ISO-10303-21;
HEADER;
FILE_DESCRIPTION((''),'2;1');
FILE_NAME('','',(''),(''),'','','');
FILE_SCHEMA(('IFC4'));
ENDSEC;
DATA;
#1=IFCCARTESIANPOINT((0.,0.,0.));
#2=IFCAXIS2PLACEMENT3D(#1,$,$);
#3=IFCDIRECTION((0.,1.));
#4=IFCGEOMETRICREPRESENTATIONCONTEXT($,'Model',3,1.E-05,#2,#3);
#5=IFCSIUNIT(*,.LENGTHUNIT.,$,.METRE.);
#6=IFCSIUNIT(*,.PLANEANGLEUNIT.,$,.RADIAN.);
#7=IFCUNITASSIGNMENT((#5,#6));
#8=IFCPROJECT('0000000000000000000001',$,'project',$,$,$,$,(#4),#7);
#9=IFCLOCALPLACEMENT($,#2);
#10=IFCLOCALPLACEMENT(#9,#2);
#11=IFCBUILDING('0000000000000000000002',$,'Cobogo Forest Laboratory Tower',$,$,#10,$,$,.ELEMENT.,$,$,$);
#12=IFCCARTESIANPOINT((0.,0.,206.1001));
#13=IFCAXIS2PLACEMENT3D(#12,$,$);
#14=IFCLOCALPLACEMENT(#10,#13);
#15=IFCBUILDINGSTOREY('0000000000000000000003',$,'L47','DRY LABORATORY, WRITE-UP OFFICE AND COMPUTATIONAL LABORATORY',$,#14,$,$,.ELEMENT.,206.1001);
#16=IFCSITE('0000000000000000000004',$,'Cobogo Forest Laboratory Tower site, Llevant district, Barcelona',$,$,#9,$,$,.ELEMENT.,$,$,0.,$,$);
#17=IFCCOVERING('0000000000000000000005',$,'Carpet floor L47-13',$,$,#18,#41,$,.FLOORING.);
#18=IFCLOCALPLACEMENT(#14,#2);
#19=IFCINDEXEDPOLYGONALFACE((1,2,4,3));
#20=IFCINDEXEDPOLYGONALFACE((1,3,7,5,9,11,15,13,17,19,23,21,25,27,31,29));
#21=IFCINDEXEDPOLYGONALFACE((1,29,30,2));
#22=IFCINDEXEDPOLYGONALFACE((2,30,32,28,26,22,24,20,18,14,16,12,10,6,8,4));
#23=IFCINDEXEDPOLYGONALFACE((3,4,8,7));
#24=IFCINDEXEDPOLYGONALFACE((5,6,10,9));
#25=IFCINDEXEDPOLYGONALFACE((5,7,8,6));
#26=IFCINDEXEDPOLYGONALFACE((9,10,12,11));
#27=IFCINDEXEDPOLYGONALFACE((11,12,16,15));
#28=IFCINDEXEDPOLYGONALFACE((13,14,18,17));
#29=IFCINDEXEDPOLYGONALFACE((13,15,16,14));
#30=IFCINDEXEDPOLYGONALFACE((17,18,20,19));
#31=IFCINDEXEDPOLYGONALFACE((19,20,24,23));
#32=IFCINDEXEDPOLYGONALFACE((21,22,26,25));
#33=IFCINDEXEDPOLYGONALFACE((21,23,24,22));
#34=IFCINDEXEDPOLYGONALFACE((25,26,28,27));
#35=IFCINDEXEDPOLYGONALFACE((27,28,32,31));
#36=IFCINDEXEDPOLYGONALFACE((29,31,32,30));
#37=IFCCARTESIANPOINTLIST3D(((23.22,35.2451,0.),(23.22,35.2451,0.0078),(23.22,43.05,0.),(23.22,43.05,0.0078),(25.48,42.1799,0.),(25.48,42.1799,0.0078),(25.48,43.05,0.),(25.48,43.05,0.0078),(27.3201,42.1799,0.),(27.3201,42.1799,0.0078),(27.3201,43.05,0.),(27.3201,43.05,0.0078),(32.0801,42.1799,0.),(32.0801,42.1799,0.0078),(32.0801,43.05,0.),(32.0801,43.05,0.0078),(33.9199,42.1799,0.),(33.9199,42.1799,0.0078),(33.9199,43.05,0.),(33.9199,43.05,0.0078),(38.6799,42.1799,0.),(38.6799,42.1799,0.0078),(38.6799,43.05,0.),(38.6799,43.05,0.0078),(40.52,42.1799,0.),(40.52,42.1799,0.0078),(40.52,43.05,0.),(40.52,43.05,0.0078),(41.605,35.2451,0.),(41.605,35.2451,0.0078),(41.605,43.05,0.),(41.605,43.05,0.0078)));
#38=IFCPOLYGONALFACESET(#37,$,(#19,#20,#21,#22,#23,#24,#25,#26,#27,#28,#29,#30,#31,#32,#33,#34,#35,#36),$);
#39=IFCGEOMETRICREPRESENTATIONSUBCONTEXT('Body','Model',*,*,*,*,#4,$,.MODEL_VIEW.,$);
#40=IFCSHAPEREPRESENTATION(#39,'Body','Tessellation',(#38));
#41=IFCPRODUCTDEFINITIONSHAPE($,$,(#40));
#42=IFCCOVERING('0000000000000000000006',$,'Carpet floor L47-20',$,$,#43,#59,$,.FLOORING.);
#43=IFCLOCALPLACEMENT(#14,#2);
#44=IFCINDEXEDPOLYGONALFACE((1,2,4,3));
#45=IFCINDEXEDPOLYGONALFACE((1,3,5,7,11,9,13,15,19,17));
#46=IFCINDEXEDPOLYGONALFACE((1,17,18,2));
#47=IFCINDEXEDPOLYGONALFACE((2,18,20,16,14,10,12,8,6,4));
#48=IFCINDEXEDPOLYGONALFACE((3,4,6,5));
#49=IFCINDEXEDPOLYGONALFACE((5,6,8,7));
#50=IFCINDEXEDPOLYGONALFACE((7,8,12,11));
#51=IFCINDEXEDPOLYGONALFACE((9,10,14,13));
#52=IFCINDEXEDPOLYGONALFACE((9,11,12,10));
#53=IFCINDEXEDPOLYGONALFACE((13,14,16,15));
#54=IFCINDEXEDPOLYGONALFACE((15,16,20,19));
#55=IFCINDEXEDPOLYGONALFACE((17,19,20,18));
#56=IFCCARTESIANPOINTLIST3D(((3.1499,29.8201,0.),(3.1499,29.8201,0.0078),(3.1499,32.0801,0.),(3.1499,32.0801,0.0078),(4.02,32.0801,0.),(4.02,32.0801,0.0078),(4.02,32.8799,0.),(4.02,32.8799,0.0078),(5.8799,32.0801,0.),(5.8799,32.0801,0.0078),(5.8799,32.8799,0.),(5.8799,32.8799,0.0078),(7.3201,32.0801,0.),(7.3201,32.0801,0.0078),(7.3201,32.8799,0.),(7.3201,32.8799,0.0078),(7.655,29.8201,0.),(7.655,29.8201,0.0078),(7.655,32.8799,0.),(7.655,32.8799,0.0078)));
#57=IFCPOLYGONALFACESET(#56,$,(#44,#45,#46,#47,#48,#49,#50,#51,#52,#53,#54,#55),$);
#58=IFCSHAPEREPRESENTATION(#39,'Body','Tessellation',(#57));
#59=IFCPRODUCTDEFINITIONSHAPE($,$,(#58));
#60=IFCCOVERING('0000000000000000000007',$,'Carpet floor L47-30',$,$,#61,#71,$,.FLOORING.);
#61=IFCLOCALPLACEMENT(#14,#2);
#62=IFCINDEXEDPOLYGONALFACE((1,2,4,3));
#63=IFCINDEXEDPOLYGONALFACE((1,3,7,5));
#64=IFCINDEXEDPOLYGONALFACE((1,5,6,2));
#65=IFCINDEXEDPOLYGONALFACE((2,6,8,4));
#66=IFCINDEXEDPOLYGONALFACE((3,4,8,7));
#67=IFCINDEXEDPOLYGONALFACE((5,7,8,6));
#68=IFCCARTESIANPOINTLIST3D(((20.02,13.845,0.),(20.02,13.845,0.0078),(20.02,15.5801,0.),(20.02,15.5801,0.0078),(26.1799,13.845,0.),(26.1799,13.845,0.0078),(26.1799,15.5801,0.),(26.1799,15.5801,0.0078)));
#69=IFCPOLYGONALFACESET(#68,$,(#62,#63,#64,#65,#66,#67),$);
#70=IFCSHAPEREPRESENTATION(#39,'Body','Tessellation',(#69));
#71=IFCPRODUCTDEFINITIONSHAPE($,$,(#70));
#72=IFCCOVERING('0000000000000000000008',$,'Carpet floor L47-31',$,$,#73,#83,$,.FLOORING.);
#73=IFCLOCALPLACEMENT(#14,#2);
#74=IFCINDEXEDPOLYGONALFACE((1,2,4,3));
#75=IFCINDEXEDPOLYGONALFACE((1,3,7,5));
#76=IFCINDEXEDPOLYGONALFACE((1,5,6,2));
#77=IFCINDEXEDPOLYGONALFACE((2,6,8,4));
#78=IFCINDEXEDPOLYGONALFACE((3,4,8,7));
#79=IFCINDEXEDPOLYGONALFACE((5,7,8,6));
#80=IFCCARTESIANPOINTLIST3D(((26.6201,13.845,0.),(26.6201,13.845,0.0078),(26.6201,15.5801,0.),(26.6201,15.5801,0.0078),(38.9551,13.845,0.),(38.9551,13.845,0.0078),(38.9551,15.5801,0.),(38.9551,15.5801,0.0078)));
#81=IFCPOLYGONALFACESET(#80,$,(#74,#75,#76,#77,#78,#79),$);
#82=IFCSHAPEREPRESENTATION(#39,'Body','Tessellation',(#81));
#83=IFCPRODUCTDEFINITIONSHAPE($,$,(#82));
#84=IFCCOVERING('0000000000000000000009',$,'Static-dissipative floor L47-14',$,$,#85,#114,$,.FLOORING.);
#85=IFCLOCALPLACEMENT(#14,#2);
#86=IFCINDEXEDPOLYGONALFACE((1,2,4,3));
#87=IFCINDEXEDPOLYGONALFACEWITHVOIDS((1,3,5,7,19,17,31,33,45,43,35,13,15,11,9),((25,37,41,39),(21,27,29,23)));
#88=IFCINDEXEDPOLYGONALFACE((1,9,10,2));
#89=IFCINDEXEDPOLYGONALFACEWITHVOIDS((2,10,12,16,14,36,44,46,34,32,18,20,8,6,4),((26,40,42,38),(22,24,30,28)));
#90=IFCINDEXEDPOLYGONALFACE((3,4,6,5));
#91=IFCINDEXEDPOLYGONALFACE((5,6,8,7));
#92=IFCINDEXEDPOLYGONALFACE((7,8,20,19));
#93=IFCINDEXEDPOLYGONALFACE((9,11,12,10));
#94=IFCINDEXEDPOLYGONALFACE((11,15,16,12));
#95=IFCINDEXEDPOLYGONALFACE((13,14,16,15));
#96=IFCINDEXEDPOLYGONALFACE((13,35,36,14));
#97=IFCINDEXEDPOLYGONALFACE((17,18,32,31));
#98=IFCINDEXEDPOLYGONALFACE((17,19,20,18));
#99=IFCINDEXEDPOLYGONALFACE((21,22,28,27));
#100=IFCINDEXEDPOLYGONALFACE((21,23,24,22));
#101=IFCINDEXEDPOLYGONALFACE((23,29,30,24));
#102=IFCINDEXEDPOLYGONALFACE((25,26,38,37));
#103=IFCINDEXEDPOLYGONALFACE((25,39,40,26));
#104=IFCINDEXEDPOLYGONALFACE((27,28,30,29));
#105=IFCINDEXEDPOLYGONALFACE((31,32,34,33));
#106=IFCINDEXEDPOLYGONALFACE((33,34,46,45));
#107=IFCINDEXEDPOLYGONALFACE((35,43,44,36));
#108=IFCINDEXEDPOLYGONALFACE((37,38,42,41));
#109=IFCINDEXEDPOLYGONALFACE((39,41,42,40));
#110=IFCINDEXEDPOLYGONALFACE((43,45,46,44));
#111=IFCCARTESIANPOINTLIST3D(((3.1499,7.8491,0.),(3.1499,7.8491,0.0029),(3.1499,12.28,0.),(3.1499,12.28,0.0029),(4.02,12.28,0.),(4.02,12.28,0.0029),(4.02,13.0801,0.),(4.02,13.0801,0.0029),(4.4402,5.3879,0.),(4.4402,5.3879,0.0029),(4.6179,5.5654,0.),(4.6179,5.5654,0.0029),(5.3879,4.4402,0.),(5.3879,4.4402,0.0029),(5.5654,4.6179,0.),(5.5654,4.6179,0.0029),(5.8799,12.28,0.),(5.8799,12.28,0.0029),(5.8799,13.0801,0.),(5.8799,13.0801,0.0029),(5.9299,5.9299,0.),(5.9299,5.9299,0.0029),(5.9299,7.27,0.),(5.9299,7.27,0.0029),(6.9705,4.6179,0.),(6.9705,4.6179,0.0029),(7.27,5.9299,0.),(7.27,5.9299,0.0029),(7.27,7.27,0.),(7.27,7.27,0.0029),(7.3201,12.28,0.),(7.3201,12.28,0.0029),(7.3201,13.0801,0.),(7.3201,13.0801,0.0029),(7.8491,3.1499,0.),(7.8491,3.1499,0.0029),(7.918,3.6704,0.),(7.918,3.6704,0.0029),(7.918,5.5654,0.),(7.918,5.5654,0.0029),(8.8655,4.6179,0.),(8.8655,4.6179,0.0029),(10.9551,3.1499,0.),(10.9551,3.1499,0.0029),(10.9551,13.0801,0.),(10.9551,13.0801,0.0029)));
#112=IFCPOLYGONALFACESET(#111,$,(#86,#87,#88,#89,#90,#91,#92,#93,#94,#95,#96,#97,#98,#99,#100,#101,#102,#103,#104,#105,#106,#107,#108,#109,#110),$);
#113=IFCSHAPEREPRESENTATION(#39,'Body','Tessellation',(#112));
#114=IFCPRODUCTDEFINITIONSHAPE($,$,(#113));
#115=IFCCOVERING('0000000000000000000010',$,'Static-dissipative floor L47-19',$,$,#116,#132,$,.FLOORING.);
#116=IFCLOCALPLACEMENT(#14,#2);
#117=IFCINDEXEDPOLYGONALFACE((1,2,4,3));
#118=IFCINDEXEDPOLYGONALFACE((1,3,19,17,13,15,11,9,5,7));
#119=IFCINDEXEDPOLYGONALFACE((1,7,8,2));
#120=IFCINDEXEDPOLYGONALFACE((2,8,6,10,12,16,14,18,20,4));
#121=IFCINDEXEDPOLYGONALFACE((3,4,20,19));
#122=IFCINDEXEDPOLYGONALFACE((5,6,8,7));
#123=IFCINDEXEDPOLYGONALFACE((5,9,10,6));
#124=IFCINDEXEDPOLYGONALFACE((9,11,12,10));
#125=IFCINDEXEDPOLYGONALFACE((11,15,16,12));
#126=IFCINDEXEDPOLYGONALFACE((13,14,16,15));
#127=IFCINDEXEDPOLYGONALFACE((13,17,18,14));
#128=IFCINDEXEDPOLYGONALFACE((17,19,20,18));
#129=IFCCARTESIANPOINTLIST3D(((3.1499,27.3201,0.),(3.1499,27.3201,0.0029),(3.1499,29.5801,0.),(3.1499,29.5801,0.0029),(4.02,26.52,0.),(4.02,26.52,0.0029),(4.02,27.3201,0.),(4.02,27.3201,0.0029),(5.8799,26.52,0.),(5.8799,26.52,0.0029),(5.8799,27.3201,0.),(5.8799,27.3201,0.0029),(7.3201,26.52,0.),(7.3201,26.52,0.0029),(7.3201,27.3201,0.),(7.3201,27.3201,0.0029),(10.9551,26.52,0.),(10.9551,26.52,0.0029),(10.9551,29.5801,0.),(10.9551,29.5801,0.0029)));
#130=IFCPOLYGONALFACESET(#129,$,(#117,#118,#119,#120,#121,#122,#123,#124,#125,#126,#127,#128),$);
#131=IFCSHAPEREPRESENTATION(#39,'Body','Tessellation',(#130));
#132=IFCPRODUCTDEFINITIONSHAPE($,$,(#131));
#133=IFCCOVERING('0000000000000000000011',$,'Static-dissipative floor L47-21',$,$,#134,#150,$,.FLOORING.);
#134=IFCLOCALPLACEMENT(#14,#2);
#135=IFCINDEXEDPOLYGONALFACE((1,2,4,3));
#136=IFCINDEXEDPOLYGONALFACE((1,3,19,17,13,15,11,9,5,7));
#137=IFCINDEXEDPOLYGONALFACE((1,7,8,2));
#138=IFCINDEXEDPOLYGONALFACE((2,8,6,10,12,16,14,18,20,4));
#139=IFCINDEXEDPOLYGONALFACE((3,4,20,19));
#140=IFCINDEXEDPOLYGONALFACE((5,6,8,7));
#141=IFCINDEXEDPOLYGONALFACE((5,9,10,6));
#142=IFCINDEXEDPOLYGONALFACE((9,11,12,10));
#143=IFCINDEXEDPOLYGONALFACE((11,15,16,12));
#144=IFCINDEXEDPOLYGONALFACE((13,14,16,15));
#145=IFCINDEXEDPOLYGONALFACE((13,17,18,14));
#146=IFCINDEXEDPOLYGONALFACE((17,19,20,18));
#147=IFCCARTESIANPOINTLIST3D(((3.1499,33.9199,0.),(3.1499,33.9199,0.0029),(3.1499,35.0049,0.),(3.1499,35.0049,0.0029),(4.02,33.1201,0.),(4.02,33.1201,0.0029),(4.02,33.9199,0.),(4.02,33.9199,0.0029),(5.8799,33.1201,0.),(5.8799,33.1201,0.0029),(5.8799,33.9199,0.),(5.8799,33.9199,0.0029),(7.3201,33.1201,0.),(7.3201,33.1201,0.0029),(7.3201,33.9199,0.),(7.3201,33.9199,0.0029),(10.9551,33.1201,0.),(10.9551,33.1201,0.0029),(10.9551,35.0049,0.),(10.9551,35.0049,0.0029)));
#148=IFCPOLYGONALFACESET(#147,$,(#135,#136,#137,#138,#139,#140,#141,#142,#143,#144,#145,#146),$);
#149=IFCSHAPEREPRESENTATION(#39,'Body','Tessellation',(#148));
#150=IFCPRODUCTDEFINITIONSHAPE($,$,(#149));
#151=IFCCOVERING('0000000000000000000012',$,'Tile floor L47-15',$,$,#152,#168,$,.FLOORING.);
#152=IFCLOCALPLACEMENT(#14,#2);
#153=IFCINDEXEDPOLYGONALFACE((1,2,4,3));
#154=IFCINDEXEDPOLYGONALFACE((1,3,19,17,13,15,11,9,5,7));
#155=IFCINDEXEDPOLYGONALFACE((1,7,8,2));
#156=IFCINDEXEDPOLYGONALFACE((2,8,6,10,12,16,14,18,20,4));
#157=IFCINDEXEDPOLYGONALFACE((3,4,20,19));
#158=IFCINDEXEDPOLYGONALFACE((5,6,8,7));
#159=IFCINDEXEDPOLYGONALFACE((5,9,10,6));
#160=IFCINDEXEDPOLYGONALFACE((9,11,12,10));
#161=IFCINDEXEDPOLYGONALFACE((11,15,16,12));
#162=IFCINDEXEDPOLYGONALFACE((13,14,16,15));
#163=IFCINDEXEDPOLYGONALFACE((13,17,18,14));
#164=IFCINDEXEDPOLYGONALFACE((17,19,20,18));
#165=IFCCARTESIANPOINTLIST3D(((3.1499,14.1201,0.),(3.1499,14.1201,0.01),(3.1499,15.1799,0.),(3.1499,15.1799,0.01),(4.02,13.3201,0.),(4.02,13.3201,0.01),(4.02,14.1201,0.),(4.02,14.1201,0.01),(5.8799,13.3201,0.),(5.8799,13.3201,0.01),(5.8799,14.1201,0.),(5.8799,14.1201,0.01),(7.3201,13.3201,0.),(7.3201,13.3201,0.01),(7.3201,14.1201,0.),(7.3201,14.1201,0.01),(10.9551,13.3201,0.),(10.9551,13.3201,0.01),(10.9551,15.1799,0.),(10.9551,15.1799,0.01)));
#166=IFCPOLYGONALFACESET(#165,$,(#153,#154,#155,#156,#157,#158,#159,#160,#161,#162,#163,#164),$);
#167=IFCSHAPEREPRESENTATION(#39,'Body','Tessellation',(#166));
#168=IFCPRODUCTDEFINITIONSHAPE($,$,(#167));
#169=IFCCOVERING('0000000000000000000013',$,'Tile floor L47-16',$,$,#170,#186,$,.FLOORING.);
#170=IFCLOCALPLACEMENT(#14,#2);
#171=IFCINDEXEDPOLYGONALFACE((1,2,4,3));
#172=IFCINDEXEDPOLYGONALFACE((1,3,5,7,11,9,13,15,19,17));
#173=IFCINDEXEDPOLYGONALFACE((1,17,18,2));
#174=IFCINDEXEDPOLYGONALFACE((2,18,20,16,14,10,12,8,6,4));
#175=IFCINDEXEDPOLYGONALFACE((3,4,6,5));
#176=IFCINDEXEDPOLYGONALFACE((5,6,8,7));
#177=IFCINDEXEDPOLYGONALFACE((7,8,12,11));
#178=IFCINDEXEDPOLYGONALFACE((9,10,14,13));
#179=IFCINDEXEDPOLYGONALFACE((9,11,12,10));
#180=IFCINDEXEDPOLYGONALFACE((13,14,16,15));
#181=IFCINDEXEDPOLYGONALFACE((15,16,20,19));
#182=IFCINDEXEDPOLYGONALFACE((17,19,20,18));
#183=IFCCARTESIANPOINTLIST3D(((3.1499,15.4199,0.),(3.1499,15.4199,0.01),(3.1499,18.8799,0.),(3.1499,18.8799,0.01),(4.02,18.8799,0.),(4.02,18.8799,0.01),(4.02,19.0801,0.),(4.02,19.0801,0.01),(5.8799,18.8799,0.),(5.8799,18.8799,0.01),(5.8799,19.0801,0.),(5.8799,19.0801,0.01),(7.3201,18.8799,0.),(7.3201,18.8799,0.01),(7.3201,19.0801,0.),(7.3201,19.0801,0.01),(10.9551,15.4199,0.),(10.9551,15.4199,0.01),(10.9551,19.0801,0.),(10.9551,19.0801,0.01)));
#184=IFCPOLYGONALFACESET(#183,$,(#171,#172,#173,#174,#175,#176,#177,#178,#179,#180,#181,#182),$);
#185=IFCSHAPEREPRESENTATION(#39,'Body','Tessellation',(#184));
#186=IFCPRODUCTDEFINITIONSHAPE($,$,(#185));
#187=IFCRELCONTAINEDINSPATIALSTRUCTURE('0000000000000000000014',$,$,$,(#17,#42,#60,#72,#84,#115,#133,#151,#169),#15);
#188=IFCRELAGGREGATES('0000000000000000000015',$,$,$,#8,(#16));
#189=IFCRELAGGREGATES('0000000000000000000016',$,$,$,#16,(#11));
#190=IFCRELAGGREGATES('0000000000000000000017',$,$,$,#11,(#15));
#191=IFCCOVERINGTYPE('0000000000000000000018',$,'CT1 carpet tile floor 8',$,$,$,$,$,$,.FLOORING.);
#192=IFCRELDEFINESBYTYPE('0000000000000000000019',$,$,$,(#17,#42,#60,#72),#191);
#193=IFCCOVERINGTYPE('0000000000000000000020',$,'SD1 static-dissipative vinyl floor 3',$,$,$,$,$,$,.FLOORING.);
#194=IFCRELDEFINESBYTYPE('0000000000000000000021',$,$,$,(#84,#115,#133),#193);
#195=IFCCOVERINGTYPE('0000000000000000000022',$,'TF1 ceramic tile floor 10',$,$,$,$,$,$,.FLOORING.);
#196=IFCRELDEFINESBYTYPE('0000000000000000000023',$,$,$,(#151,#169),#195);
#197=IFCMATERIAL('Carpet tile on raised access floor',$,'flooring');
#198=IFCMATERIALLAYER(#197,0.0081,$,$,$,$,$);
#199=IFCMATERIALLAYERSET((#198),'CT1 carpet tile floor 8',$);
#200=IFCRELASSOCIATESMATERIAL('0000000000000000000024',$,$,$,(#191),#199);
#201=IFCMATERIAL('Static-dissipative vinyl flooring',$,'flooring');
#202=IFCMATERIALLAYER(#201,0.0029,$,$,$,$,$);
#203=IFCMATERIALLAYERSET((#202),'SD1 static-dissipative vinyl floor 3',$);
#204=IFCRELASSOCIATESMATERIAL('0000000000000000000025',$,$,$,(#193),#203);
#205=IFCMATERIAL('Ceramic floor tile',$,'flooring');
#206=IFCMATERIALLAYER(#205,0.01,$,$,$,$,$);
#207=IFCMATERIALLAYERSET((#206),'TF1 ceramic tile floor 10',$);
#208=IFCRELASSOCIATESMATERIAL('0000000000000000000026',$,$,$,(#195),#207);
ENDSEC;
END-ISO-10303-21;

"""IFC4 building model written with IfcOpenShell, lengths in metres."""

from ifc_helpers import new_model, si_unit, direction, frame, origin, place, context, subcontext, project, spatial, polyline, outline, extrude, material, layer, layer_set, type_object, element, save


model = new_model("IFC4")

# Units and contexts
model_context = context("Model", 3, precision=1e-05, world=origin(), true_north=direction((0.0, 1.0)))
body_context = subcontext(model_context, "Body", "Model", "MODEL_VIEW")
ifc_project = project(units=[si_unit("LENGTHUNIT", "METRE"), si_unit("PLANEANGLEUNIT", "RADIAN")], contexts=[model_context])

# Site, building, storey
site_placement = place(None, origin())
site = spatial("IfcSite", under=ifc_project, at=site_placement, Name="Cobogo Forest Laboratory Tower site, Llevant district, Barcelona", CompositionType="ELEMENT", RefElevation=0.0)
building_placement = place(site_placement, origin())
building = spatial("IfcBuilding", under=site, at=building_placement, Name="Cobogo Forest Laboratory Tower", CompositionType="ELEMENT")
storey_placement = place(building_placement, frame((0.0, 0.0, 206.1001)))
storey = spatial("IfcBuildingStorey", under=building, at=storey_placement, Name="L47", Description="DRY LABORATORY, WRITE-UP OFFICE AND COMPUTATIONAL LABORATORY", CompositionType="ELEMENT", Elevation=206.1001)

# Coverings
ifc_material_1 = material(Name="Carpet tile on raised access floor", Category="flooring")
ifc_layer_1 = layer(ifc_material_1, 0.0081)
ifc_layer_set_1 = layer_set([ifc_layer_1], Name="CT1 carpet tile floor 8")
covering_type_1 = type_object("IfcCoveringType", Name="CT1 carpet tile floor 8", PredefinedType="FLOORING", material=ifc_layer_set_1)
covering_1_placement = place(storey_placement, origin())
element("IfcCovering", 1, at=covering_1_placement, inside=storey, type_object=covering_type_1, Name="Carpet floor L47-13", PredefinedType="FLOORING", context=body_context, shape_type="SweptSolid", body=[
    extrude(outline(polyline([(23.22, 35.2451), (23.22, 43.05), (25.48, 43.05), (25.48, 42.1799), (27.3201, 42.1799), (27.3201, 43.05), (32.0801, 43.05), (32.0801, 42.1799), (33.9199, 42.1799), (33.9199, 43.05), (38.6799, 43.05), (38.6799, 42.1799), (40.52, 42.1799), (40.52, 43.05), (41.605, 43.05), (41.605, 35.2451), (23.22, 35.2451)])), origin(), (0.0, 0.0, 1.0), 0.0078),
])
covering_2_placement = place(storey_placement, origin())
element("IfcCovering", 2, at=covering_2_placement, inside=storey, type_object=covering_type_1, Name="Carpet floor L47-20", PredefinedType="FLOORING", context=body_context, shape_type="SweptSolid", body=[
    extrude(outline(polyline([(7.655, 29.8201), (3.1499, 29.8201), (3.1499, 32.0801), (4.02, 32.0801), (4.02, 32.8799), (5.8799, 32.8799), (5.8799, 32.0801), (7.3201, 32.0801), (7.3201, 32.8799), (7.655, 32.8799), (7.655, 29.8201)])), origin(), (0.0, 0.0, 1.0), 0.0078),
])
covering_3_placement = place(storey_placement, origin())
element("IfcCovering", 3, at=covering_3_placement, inside=storey, type_object=covering_type_1, Name="Carpet floor L47-30", PredefinedType="FLOORING", context=body_context, shape_type="SweptSolid", body=[
    extrude(outline(polyline([(26.1799, 13.845), (20.02, 13.845), (20.02, 15.5801), (26.1799, 15.5801), (26.1799, 13.845)])), origin(), (0.0, 0.0, 1.0), 0.0078),
])
covering_4_placement = place(storey_placement, origin())
element("IfcCovering", 4, at=covering_4_placement, inside=storey, type_object=covering_type_1, Name="Carpet floor L47-31", PredefinedType="FLOORING", context=body_context, shape_type="SweptSolid", body=[
    extrude(outline(polyline([(38.9551, 13.845), (26.6201, 13.845), (26.6201, 15.5801), (38.9551, 15.5801), (38.9551, 13.845)])), origin(), (0.0, 0.0, 1.0), 0.0078),
])
ifc_material_2 = material(Name="Static-dissipative vinyl flooring", Category="flooring")
ifc_layer_2 = layer(ifc_material_2, 0.0029)
ifc_layer_set_2 = layer_set([ifc_layer_2], Name="SD1 static-dissipative vinyl floor 3")
covering_type_2 = type_object("IfcCoveringType", Name="SD1 static-dissipative vinyl floor 3", PredefinedType="FLOORING", material=ifc_layer_set_2)
covering_5_placement = place(storey_placement, origin())
element("IfcCovering", 5, at=covering_5_placement, inside=storey, type_object=covering_type_2, Name="Static-dissipative floor L47-14", PredefinedType="FLOORING", context=body_context, shape_type="SweptSolid", body=[
    extrude(outline(polyline([(10.9551, 3.1499), (7.8491, 3.1499), (5.3879, 4.4402), (5.5654, 4.6179), (4.6179, 5.5654), (4.4402, 5.3879), (3.1499, 7.8491), (3.1499, 12.28), (4.02, 12.28), (4.02, 13.0801), (5.8799, 13.0801), (5.8799, 12.28), (7.3201, 12.28), (7.3201, 13.0801), (10.9551, 13.0801), (10.9551, 3.1499)]), holes=[polyline([(7.918, 3.6704), (8.8655, 4.6179), (7.918, 5.5654), (6.9705, 4.6179), (7.918, 3.6704)]), polyline([(5.9299, 5.9299), (7.27, 5.9299), (7.27, 7.27), (5.9299, 7.27), (5.9299, 5.9299)])]), origin(), (0.0, 0.0, 1.0), 0.0029),
])
covering_6_placement = place(storey_placement, origin())
element("IfcCovering", 6, at=covering_6_placement, inside=storey, type_object=covering_type_2, Name="Static-dissipative floor L47-19", PredefinedType="FLOORING", context=body_context, shape_type="SweptSolid", body=[
    extrude(outline(polyline([(10.9551, 26.52), (7.3201, 26.52), (7.3201, 27.3201), (5.8799, 27.3201), (5.8799, 26.52), (4.02, 26.52), (4.02, 27.3201), (3.1499, 27.3201), (3.1499, 29.5801), (10.9551, 29.5801), (10.9551, 26.52)])), origin(), (0.0, 0.0, 1.0), 0.0029),
])
covering_7_placement = place(storey_placement, origin())
element("IfcCovering", 7, at=covering_7_placement, inside=storey, type_object=covering_type_2, Name="Static-dissipative floor L47-21", PredefinedType="FLOORING", context=body_context, shape_type="SweptSolid", body=[
    extrude(outline(polyline([(10.9551, 33.1201), (7.3201, 33.1201), (7.3201, 33.9199), (5.8799, 33.9199), (5.8799, 33.1201), (4.02, 33.1201), (4.02, 33.9199), (3.1499, 33.9199), (3.1499, 35.0049), (10.9551, 35.0049), (10.9551, 33.1201)])), origin(), (0.0, 0.0, 1.0), 0.0029),
])
ifc_material_3 = material(Name="Ceramic floor tile", Category="flooring")
ifc_layer_3 = layer(ifc_material_3, 0.01)
ifc_layer_set_3 = layer_set([ifc_layer_3], Name="TF1 ceramic tile floor 10")
covering_type_3 = type_object("IfcCoveringType", Name="TF1 ceramic tile floor 10", PredefinedType="FLOORING", material=ifc_layer_set_3)
covering_8_placement = place(storey_placement, origin())
element("IfcCovering", 8, at=covering_8_placement, inside=storey, type_object=covering_type_3, Name="Tile floor L47-15", PredefinedType="FLOORING", context=body_context, shape_type="SweptSolid", body=[
    extrude(outline(polyline([(10.9551, 13.3201), (7.3201, 13.3201), (7.3201, 14.1201), (5.8799, 14.1201), (5.8799, 13.3201), (4.02, 13.3201), (4.02, 14.1201), (3.1499, 14.1201), (3.1499, 15.1799), (10.9551, 15.1799), (10.9551, 13.3201)])), origin(), (0.0, 0.0, 1.0), 0.01),
])
covering_9_placement = place(storey_placement, origin())
element("IfcCovering", 9, at=covering_9_placement, inside=storey, type_object=covering_type_3, Name="Tile floor L47-16", PredefinedType="FLOORING", context=body_context, shape_type="SweptSolid", body=[
    extrude(outline(polyline([(10.9551, 15.4199), (3.1499, 15.4199), (3.1499, 18.8799), (4.02, 18.8799), (4.02, 19.0801), (5.8799, 19.0801), (5.8799, 18.8799), (7.3201, 18.8799), (7.3201, 19.0801), (10.9551, 19.0801), (10.9551, 15.4199)])), origin(), (0.0, 0.0, 1.0), 0.01),
])

save(model, "model.ifc")
